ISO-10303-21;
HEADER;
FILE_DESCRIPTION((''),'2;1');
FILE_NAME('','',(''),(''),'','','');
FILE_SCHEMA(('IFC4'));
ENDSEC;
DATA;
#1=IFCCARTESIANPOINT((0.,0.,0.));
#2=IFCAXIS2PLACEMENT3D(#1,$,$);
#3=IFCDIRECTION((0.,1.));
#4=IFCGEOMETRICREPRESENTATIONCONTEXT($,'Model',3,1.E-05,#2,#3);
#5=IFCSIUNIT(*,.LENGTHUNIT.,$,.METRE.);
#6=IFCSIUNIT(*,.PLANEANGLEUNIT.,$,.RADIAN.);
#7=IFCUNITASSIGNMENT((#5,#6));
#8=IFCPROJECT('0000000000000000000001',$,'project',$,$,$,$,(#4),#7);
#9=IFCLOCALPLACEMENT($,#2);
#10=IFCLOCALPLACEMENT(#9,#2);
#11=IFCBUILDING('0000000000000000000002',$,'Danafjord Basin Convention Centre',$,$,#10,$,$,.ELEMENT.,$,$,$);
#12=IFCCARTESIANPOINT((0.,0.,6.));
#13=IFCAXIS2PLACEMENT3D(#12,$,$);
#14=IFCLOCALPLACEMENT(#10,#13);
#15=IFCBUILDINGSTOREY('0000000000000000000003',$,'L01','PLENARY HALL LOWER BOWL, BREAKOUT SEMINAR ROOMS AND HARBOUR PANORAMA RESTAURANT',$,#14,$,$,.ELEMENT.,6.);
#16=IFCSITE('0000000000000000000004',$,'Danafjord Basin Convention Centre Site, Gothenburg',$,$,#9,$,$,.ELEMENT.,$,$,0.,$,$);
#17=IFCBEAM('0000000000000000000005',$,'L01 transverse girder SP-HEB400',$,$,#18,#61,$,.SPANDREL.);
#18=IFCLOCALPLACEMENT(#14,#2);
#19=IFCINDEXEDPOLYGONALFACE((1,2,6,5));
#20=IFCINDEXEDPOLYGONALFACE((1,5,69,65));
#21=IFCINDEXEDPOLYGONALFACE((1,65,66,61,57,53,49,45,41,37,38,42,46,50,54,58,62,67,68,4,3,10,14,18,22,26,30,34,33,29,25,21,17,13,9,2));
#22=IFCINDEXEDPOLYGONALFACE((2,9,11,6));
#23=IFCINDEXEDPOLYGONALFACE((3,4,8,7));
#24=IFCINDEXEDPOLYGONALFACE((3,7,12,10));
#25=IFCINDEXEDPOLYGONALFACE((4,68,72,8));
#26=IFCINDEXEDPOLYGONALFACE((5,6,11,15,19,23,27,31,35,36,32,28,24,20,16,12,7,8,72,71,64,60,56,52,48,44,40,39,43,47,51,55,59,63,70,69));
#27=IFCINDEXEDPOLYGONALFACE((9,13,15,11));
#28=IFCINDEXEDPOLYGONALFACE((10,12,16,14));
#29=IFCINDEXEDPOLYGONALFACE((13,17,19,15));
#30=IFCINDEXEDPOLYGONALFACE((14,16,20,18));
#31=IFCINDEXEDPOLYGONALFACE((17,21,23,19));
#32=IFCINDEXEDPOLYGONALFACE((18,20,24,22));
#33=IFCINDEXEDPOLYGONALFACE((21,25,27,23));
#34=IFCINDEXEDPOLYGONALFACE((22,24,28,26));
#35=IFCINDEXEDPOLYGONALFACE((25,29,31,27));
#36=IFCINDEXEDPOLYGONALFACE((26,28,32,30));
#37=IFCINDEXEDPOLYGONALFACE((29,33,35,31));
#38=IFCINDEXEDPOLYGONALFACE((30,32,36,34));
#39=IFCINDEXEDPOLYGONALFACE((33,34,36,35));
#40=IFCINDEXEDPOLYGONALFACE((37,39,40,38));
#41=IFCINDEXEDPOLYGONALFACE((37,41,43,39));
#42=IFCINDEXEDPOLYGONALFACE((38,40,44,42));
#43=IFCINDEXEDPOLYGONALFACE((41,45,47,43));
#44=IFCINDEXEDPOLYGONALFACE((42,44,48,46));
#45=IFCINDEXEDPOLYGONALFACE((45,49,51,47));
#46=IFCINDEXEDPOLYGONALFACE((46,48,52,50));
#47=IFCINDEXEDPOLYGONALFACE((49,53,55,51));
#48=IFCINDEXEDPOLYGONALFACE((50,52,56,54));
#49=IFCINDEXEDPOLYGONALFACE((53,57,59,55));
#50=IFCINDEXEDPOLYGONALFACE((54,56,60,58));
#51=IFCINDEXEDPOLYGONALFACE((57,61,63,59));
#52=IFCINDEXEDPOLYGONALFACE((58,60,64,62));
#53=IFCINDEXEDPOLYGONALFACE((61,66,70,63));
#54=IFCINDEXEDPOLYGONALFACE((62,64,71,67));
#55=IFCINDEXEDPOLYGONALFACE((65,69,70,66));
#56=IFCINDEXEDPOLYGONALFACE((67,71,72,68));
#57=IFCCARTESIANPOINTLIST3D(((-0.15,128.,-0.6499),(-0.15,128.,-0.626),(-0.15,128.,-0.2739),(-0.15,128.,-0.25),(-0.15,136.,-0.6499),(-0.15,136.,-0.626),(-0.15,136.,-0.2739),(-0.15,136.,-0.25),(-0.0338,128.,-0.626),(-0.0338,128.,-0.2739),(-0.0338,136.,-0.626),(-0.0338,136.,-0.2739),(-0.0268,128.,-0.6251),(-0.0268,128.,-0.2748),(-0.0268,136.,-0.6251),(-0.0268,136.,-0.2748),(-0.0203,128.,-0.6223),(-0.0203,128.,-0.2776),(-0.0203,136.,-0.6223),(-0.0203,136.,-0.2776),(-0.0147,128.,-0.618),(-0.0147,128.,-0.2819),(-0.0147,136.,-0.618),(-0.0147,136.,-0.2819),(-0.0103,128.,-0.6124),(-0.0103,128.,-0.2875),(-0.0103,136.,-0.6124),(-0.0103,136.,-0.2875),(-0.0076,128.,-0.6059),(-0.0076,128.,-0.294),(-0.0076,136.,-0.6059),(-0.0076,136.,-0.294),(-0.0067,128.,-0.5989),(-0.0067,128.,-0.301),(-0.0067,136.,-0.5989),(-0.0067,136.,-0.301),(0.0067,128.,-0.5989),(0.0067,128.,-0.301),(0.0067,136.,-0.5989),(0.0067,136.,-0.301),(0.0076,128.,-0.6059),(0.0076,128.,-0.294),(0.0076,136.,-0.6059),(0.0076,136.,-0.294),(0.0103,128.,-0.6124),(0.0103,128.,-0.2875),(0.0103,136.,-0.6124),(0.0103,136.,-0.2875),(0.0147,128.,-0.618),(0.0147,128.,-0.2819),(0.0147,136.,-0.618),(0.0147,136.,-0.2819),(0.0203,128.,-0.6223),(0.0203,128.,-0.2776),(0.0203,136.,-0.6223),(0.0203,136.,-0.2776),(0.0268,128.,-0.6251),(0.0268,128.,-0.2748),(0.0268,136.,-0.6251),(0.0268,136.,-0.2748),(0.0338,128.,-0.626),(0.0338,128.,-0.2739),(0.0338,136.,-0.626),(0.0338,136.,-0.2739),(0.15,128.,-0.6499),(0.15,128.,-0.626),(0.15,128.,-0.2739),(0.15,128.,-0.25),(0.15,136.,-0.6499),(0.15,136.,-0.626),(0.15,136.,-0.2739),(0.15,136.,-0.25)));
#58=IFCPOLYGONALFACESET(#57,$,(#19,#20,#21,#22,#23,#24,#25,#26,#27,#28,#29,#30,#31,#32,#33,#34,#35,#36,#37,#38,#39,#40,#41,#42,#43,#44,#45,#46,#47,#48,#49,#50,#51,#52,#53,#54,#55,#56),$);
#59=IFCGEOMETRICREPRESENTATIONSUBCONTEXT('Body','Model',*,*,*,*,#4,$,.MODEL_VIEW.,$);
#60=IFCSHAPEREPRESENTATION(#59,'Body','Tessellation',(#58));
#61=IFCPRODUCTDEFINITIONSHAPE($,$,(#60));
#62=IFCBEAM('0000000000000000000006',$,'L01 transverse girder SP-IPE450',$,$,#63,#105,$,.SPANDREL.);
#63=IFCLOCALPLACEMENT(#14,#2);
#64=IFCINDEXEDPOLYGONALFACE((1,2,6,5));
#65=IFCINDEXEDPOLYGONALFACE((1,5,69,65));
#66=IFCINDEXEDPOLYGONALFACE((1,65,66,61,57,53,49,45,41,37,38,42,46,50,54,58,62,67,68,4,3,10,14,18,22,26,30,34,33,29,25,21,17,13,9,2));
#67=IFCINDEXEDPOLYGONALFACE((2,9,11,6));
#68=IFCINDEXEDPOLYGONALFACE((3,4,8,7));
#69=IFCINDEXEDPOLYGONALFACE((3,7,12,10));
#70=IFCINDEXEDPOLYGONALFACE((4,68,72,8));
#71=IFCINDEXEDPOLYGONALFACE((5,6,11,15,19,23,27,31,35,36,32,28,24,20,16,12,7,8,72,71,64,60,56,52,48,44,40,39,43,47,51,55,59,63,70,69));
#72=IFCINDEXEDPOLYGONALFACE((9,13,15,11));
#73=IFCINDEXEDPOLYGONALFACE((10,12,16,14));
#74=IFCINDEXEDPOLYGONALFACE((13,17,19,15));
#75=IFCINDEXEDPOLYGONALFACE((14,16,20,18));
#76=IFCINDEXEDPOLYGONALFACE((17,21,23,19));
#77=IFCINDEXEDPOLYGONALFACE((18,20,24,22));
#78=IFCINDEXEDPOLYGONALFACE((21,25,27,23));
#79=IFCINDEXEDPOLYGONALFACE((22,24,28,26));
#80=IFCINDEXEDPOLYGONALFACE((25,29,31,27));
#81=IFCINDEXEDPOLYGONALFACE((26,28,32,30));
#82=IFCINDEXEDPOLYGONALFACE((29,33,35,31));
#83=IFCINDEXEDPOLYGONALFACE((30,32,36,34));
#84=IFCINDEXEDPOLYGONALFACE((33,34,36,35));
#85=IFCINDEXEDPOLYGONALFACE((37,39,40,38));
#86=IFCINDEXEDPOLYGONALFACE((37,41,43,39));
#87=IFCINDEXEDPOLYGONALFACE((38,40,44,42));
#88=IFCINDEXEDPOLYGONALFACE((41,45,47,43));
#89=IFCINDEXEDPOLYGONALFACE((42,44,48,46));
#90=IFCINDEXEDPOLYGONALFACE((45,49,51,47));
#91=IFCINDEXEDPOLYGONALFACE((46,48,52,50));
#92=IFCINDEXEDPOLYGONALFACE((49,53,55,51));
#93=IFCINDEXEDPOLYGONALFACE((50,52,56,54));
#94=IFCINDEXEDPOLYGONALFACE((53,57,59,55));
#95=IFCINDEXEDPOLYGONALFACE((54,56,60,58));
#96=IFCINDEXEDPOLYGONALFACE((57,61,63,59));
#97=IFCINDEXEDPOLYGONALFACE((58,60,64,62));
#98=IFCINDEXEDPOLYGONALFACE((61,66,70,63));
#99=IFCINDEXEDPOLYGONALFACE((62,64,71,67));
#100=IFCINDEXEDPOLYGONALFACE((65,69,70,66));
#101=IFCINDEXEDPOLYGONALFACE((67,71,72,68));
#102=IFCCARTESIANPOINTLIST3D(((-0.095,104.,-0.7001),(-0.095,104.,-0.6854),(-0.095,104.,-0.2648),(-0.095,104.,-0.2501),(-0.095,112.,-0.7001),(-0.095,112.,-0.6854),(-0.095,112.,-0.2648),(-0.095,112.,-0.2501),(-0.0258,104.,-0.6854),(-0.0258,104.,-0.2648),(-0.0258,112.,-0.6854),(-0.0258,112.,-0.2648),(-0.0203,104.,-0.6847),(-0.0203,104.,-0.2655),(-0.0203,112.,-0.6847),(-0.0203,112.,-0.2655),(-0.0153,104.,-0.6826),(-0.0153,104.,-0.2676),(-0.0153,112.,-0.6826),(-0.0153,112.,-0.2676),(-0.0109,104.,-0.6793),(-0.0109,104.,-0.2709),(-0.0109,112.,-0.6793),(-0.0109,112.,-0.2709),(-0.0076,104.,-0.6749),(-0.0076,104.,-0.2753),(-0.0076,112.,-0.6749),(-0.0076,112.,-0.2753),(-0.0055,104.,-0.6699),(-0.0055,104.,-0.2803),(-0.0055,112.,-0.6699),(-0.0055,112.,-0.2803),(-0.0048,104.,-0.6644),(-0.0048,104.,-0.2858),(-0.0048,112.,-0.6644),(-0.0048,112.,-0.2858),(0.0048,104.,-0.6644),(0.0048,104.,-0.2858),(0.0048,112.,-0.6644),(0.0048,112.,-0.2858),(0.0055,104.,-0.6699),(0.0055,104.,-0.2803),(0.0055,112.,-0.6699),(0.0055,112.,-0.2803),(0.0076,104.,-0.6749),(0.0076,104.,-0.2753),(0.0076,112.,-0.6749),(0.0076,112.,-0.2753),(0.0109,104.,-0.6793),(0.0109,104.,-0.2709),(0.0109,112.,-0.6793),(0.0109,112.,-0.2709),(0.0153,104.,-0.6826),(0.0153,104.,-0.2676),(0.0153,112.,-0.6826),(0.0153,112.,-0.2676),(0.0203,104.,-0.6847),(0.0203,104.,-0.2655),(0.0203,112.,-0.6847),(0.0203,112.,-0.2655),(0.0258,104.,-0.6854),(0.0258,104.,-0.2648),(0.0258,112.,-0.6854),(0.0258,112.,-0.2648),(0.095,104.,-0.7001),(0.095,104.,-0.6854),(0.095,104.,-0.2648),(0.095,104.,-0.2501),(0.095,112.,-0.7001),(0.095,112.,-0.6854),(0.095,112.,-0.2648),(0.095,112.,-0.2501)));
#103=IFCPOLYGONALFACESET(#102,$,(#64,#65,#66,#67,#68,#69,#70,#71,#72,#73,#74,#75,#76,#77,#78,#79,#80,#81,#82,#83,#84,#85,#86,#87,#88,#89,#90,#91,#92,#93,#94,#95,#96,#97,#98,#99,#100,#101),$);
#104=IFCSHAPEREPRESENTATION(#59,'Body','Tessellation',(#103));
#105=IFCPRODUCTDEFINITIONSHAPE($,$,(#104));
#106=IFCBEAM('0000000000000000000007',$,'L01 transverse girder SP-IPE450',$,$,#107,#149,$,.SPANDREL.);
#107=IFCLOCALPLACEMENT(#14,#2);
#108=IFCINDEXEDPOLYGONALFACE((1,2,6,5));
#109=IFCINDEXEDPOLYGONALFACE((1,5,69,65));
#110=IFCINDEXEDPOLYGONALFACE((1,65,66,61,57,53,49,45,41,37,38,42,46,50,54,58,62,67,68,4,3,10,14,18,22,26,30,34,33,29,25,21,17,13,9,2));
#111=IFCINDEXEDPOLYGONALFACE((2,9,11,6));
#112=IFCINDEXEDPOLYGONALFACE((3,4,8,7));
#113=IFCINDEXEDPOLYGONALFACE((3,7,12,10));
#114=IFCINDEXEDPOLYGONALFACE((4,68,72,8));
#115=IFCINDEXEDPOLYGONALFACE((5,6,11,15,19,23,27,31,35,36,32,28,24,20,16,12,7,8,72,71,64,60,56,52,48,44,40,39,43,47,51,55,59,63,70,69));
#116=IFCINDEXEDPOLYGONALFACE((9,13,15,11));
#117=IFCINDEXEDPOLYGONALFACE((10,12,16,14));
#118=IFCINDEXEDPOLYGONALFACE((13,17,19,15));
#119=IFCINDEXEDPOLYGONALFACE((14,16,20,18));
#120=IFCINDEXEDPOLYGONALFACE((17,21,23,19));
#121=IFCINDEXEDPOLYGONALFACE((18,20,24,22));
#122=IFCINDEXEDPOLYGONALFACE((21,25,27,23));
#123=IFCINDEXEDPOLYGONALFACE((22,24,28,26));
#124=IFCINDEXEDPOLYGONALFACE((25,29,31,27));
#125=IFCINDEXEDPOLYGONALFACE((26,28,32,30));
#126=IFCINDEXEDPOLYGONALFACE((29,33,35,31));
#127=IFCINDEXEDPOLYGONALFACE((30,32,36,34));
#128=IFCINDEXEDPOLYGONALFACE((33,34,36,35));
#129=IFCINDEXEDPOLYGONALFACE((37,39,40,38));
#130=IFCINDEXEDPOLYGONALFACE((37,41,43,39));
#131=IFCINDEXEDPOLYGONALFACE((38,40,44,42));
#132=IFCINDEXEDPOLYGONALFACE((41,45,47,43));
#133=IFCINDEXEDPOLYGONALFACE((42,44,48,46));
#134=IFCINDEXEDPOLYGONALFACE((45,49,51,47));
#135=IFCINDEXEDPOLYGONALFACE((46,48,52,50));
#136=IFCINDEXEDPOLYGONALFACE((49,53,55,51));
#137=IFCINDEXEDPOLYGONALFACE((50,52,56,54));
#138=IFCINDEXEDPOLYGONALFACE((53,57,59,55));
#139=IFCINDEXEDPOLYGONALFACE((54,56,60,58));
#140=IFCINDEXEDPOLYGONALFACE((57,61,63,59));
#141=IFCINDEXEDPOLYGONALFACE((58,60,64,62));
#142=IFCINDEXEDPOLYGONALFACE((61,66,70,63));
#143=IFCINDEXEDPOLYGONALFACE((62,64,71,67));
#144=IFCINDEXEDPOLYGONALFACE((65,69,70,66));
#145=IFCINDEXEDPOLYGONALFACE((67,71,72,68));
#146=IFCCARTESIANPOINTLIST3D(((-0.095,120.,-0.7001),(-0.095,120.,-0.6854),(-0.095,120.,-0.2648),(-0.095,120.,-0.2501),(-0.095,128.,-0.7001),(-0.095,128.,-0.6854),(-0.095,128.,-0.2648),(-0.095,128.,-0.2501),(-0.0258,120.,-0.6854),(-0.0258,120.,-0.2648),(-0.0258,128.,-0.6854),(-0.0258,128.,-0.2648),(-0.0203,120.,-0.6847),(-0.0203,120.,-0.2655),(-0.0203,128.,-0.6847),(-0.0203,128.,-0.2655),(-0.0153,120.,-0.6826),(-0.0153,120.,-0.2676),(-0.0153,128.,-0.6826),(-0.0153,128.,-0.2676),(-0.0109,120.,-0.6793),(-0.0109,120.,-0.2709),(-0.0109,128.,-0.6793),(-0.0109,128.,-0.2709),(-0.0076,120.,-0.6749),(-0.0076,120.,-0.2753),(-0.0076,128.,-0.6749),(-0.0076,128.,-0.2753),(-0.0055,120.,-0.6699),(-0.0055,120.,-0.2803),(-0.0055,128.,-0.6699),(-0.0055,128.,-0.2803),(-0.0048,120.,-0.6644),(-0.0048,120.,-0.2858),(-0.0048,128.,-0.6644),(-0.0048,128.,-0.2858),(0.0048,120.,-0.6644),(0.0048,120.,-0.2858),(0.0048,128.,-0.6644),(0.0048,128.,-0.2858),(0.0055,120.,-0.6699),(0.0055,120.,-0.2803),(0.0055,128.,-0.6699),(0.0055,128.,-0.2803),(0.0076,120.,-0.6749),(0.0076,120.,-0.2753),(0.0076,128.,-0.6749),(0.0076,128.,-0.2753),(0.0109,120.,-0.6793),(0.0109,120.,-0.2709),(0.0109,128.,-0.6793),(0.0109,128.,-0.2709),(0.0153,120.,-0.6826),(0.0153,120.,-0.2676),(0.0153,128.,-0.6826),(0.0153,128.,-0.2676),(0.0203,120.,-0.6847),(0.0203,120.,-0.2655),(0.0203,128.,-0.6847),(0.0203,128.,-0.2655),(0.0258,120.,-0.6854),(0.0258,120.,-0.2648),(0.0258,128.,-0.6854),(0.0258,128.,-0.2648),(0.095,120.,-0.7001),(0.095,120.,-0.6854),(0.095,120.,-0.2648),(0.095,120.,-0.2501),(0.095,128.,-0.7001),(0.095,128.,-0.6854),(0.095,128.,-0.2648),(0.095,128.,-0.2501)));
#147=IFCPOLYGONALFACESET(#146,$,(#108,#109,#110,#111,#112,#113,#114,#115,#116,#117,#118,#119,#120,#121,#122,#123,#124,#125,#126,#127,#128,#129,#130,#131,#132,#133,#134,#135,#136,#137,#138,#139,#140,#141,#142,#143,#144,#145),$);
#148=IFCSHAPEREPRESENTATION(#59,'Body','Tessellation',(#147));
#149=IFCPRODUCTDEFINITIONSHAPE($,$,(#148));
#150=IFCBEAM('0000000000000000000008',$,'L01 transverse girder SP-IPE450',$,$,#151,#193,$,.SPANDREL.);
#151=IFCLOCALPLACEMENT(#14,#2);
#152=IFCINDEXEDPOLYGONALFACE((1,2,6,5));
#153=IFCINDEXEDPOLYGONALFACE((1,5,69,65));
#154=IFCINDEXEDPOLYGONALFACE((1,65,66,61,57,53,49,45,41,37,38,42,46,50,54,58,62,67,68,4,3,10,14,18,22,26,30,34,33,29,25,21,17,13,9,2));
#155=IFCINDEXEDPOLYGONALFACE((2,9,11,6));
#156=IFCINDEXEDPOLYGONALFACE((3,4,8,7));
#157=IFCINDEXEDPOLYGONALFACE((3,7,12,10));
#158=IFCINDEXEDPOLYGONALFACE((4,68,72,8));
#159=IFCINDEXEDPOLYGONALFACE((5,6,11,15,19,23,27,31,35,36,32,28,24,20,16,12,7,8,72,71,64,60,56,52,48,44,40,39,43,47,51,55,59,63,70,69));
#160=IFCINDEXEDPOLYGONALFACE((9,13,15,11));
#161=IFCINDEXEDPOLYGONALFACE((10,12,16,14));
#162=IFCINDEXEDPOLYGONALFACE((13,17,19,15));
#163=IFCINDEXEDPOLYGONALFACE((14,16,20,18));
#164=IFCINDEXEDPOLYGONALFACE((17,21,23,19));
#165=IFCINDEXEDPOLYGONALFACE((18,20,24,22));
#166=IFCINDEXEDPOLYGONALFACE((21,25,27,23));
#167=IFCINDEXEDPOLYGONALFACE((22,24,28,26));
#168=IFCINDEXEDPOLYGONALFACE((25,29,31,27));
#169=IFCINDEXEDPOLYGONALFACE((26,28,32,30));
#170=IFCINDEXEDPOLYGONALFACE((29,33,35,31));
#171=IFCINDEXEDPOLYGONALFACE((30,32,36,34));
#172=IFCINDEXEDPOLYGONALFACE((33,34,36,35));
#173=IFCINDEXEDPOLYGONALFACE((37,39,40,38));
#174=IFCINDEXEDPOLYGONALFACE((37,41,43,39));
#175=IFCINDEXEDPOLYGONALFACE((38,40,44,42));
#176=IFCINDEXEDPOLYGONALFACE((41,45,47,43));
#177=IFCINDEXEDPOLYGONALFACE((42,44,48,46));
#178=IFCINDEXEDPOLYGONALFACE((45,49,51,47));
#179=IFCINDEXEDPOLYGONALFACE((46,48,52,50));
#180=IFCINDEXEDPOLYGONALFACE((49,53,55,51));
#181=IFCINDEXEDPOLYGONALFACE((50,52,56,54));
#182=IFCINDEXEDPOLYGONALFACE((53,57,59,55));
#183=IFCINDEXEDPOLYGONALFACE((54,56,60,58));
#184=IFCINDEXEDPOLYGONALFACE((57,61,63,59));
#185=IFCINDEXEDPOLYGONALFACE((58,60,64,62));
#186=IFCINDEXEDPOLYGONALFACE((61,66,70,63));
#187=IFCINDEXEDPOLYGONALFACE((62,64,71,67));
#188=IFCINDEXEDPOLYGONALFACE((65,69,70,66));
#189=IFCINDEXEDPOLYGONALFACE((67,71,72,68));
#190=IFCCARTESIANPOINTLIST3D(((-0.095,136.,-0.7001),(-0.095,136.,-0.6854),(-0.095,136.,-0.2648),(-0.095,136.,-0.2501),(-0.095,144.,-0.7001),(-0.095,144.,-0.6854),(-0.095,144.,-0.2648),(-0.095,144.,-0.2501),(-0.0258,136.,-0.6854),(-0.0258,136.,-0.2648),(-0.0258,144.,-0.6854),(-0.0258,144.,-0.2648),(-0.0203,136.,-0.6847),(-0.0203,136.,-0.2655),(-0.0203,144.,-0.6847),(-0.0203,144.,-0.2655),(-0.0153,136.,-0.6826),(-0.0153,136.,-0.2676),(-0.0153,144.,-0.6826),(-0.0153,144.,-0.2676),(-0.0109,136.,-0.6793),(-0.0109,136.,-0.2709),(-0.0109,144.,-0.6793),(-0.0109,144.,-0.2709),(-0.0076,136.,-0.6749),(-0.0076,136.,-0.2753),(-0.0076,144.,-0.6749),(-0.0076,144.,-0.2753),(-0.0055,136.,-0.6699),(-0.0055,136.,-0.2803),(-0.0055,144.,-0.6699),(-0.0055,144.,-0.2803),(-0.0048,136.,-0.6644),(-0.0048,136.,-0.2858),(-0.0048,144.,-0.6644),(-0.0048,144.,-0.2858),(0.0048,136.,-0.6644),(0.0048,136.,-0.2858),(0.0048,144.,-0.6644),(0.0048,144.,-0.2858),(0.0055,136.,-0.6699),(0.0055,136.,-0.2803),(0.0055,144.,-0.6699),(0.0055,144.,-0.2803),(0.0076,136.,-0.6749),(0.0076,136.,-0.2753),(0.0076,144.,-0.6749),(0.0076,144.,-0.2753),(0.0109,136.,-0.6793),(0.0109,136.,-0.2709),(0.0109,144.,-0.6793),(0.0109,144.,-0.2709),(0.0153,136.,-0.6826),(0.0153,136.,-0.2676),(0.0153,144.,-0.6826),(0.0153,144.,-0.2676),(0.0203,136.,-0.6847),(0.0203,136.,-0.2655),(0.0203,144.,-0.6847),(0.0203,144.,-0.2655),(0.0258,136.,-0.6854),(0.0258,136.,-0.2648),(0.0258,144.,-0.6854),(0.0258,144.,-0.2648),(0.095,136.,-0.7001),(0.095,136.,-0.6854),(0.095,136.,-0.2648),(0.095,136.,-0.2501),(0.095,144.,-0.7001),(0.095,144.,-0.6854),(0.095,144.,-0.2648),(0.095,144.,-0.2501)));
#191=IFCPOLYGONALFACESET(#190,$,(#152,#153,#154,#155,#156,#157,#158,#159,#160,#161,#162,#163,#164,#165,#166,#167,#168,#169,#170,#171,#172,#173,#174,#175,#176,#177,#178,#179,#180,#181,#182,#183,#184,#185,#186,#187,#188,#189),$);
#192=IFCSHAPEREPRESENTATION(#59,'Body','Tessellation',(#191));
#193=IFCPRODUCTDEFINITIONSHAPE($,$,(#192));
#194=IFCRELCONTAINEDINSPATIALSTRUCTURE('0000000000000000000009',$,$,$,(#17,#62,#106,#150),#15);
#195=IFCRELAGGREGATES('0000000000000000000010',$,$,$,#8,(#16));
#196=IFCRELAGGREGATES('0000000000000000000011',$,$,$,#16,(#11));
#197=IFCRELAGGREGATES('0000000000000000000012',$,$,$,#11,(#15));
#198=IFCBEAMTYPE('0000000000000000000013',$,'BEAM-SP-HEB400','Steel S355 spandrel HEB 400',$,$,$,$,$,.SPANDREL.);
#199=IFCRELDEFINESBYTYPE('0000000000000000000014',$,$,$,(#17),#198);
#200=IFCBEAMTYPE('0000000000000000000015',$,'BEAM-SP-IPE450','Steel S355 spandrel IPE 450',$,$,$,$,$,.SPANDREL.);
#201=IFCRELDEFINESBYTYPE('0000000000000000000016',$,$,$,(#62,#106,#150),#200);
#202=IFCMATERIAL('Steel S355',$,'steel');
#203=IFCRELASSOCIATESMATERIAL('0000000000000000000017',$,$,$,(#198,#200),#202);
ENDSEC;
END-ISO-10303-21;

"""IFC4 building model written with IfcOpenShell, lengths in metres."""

from ifc_helpers import new_model, si_unit, direction, frame, origin, origin_2d, place, context, subcontext, project, spatial, i_section, extrude, material, material_profile, profile_set, type_object, element, save


model = new_model("IFC4")

# Units and contexts
model_context = context("Model", 3, precision=1e-05, world=origin(), true_north=direction((0.0, 1.0)))
body_context = subcontext(model_context, "Body", "Model", "MODEL_VIEW")
ifc_project = project(units=[si_unit("LENGTHUNIT", "METRE"), si_unit("PLANEANGLEUNIT", "RADIAN")], contexts=[model_context])

# Site, building, storey
site_placement = place(None, origin())
site = spatial("IfcSite", under=ifc_project, at=site_placement, Name="Danafjord Basin Convention Centre Site, Gothenburg", CompositionType="ELEMENT", RefElevation=0.0)
building_placement = place(site_placement, origin())
building = spatial("IfcBuilding", under=site, at=building_placement, Name="Danafjord Basin Convention Centre", CompositionType="ELEMENT")
storey_placement = place(building_placement, frame((0.0, 0.0, 6.0)))
storey = spatial("IfcBuildingStorey", under=building, at=storey_placement, Name="L01", Description="PLENARY HALL LOWER BOWL, BREAKOUT SEMINAR ROOMS AND HARBOUR PANORAMA RESTAURANT", CompositionType="ELEMENT", Elevation=6.0)

# Beams
ifc_material_1 = material(Name="Steel S355", Category="steel")
ifc_material_profile_1 = material_profile(ifc_material_1, i_section(OverallWidth=0.3, OverallDepth=0.3999, WebThickness=0.0134, FlangeThickness=0.0239, FilletRadius=0.0271, at=origin_2d()), Name="HEB 400")
ifc_profile_set_1 = profile_set([ifc_material_profile_1], Name="Steel S355")
beam_type_1 = type_object("IfcBeamType", Name="BEAM-SP-HEB400", Description="Steel S355 spandrel HEB 400", PredefinedType="SPANDREL", material=ifc_profile_set_1)
for number, where, z_axis, x_axis, name in (
    (1, (0.0, 128.0, -0.45), (0.0, 1.0, 0.0), (-1.0, 0.0, 0.0), "L01 transverse girder SP-HEB400"),
):
    element("IfcBeam", number, at=place(storey_placement, frame(where, z_axis=z_axis, x_axis=x_axis)), inside=storey, type_object=beam_type_1, Name=name, PredefinedType="SPANDREL", context=body_context, shape_type="SweptSolid", body=[
        extrude(i_section(OverallWidth=0.3, OverallDepth=0.3999, WebThickness=0.0134, FlangeThickness=0.0239, FilletRadius=0.0271, at=origin_2d()), origin(), (0.0, 0.0, 1.0), 8.0),
    ])
ifc_material_profile_2 = material_profile(ifc_material_1, i_section(OverallWidth=0.1899, OverallDepth=0.45, WebThickness=0.0095, FlangeThickness=0.0146, FilletRadius=0.021, at=origin_2d()), Name="IPE 450")
ifc_profile_set_2 = profile_set([ifc_material_profile_2], Name="Steel S355")
beam_type_2 = type_object("IfcBeamType", Name="BEAM-SP-IPE450", Description="Steel S355 spandrel IPE 450", PredefinedType="SPANDREL", material=ifc_profile_set_2)
for number, where, z_axis, x_axis, name in (
    (2, (0.0, 104.0, -0.4751), (0.0, 1.0, 0.0), (-1.0, 0.0, 0.0), "L01 transverse girder SP-IPE450"),
    (3, (0.0, 120.0, -0.4751), (0.0, 1.0, 0.0), (-1.0, 0.0, 0.0), "L01 transverse girder SP-IPE450"),
    (4, (0.0, 136.0, -0.4751), (0.0, 1.0, 0.0), (-1.0, 0.0, 0.0), "L01 transverse girder SP-IPE450"),
):
    element("IfcBeam", number, at=place(storey_placement, frame(where, z_axis=z_axis, x_axis=x_axis)), inside=storey, type_object=beam_type_2, Name=name, PredefinedType="SPANDREL", context=body_context, shape_type="SweptSolid", body=[
        extrude(i_section(OverallWidth=0.1899, OverallDepth=0.45, WebThickness=0.0095, FlangeThickness=0.0146, FilletRadius=0.021, at=origin_2d()), origin(), (0.0, 0.0, 1.0), 8.0),
    ])

save(model, "model.ifc")
